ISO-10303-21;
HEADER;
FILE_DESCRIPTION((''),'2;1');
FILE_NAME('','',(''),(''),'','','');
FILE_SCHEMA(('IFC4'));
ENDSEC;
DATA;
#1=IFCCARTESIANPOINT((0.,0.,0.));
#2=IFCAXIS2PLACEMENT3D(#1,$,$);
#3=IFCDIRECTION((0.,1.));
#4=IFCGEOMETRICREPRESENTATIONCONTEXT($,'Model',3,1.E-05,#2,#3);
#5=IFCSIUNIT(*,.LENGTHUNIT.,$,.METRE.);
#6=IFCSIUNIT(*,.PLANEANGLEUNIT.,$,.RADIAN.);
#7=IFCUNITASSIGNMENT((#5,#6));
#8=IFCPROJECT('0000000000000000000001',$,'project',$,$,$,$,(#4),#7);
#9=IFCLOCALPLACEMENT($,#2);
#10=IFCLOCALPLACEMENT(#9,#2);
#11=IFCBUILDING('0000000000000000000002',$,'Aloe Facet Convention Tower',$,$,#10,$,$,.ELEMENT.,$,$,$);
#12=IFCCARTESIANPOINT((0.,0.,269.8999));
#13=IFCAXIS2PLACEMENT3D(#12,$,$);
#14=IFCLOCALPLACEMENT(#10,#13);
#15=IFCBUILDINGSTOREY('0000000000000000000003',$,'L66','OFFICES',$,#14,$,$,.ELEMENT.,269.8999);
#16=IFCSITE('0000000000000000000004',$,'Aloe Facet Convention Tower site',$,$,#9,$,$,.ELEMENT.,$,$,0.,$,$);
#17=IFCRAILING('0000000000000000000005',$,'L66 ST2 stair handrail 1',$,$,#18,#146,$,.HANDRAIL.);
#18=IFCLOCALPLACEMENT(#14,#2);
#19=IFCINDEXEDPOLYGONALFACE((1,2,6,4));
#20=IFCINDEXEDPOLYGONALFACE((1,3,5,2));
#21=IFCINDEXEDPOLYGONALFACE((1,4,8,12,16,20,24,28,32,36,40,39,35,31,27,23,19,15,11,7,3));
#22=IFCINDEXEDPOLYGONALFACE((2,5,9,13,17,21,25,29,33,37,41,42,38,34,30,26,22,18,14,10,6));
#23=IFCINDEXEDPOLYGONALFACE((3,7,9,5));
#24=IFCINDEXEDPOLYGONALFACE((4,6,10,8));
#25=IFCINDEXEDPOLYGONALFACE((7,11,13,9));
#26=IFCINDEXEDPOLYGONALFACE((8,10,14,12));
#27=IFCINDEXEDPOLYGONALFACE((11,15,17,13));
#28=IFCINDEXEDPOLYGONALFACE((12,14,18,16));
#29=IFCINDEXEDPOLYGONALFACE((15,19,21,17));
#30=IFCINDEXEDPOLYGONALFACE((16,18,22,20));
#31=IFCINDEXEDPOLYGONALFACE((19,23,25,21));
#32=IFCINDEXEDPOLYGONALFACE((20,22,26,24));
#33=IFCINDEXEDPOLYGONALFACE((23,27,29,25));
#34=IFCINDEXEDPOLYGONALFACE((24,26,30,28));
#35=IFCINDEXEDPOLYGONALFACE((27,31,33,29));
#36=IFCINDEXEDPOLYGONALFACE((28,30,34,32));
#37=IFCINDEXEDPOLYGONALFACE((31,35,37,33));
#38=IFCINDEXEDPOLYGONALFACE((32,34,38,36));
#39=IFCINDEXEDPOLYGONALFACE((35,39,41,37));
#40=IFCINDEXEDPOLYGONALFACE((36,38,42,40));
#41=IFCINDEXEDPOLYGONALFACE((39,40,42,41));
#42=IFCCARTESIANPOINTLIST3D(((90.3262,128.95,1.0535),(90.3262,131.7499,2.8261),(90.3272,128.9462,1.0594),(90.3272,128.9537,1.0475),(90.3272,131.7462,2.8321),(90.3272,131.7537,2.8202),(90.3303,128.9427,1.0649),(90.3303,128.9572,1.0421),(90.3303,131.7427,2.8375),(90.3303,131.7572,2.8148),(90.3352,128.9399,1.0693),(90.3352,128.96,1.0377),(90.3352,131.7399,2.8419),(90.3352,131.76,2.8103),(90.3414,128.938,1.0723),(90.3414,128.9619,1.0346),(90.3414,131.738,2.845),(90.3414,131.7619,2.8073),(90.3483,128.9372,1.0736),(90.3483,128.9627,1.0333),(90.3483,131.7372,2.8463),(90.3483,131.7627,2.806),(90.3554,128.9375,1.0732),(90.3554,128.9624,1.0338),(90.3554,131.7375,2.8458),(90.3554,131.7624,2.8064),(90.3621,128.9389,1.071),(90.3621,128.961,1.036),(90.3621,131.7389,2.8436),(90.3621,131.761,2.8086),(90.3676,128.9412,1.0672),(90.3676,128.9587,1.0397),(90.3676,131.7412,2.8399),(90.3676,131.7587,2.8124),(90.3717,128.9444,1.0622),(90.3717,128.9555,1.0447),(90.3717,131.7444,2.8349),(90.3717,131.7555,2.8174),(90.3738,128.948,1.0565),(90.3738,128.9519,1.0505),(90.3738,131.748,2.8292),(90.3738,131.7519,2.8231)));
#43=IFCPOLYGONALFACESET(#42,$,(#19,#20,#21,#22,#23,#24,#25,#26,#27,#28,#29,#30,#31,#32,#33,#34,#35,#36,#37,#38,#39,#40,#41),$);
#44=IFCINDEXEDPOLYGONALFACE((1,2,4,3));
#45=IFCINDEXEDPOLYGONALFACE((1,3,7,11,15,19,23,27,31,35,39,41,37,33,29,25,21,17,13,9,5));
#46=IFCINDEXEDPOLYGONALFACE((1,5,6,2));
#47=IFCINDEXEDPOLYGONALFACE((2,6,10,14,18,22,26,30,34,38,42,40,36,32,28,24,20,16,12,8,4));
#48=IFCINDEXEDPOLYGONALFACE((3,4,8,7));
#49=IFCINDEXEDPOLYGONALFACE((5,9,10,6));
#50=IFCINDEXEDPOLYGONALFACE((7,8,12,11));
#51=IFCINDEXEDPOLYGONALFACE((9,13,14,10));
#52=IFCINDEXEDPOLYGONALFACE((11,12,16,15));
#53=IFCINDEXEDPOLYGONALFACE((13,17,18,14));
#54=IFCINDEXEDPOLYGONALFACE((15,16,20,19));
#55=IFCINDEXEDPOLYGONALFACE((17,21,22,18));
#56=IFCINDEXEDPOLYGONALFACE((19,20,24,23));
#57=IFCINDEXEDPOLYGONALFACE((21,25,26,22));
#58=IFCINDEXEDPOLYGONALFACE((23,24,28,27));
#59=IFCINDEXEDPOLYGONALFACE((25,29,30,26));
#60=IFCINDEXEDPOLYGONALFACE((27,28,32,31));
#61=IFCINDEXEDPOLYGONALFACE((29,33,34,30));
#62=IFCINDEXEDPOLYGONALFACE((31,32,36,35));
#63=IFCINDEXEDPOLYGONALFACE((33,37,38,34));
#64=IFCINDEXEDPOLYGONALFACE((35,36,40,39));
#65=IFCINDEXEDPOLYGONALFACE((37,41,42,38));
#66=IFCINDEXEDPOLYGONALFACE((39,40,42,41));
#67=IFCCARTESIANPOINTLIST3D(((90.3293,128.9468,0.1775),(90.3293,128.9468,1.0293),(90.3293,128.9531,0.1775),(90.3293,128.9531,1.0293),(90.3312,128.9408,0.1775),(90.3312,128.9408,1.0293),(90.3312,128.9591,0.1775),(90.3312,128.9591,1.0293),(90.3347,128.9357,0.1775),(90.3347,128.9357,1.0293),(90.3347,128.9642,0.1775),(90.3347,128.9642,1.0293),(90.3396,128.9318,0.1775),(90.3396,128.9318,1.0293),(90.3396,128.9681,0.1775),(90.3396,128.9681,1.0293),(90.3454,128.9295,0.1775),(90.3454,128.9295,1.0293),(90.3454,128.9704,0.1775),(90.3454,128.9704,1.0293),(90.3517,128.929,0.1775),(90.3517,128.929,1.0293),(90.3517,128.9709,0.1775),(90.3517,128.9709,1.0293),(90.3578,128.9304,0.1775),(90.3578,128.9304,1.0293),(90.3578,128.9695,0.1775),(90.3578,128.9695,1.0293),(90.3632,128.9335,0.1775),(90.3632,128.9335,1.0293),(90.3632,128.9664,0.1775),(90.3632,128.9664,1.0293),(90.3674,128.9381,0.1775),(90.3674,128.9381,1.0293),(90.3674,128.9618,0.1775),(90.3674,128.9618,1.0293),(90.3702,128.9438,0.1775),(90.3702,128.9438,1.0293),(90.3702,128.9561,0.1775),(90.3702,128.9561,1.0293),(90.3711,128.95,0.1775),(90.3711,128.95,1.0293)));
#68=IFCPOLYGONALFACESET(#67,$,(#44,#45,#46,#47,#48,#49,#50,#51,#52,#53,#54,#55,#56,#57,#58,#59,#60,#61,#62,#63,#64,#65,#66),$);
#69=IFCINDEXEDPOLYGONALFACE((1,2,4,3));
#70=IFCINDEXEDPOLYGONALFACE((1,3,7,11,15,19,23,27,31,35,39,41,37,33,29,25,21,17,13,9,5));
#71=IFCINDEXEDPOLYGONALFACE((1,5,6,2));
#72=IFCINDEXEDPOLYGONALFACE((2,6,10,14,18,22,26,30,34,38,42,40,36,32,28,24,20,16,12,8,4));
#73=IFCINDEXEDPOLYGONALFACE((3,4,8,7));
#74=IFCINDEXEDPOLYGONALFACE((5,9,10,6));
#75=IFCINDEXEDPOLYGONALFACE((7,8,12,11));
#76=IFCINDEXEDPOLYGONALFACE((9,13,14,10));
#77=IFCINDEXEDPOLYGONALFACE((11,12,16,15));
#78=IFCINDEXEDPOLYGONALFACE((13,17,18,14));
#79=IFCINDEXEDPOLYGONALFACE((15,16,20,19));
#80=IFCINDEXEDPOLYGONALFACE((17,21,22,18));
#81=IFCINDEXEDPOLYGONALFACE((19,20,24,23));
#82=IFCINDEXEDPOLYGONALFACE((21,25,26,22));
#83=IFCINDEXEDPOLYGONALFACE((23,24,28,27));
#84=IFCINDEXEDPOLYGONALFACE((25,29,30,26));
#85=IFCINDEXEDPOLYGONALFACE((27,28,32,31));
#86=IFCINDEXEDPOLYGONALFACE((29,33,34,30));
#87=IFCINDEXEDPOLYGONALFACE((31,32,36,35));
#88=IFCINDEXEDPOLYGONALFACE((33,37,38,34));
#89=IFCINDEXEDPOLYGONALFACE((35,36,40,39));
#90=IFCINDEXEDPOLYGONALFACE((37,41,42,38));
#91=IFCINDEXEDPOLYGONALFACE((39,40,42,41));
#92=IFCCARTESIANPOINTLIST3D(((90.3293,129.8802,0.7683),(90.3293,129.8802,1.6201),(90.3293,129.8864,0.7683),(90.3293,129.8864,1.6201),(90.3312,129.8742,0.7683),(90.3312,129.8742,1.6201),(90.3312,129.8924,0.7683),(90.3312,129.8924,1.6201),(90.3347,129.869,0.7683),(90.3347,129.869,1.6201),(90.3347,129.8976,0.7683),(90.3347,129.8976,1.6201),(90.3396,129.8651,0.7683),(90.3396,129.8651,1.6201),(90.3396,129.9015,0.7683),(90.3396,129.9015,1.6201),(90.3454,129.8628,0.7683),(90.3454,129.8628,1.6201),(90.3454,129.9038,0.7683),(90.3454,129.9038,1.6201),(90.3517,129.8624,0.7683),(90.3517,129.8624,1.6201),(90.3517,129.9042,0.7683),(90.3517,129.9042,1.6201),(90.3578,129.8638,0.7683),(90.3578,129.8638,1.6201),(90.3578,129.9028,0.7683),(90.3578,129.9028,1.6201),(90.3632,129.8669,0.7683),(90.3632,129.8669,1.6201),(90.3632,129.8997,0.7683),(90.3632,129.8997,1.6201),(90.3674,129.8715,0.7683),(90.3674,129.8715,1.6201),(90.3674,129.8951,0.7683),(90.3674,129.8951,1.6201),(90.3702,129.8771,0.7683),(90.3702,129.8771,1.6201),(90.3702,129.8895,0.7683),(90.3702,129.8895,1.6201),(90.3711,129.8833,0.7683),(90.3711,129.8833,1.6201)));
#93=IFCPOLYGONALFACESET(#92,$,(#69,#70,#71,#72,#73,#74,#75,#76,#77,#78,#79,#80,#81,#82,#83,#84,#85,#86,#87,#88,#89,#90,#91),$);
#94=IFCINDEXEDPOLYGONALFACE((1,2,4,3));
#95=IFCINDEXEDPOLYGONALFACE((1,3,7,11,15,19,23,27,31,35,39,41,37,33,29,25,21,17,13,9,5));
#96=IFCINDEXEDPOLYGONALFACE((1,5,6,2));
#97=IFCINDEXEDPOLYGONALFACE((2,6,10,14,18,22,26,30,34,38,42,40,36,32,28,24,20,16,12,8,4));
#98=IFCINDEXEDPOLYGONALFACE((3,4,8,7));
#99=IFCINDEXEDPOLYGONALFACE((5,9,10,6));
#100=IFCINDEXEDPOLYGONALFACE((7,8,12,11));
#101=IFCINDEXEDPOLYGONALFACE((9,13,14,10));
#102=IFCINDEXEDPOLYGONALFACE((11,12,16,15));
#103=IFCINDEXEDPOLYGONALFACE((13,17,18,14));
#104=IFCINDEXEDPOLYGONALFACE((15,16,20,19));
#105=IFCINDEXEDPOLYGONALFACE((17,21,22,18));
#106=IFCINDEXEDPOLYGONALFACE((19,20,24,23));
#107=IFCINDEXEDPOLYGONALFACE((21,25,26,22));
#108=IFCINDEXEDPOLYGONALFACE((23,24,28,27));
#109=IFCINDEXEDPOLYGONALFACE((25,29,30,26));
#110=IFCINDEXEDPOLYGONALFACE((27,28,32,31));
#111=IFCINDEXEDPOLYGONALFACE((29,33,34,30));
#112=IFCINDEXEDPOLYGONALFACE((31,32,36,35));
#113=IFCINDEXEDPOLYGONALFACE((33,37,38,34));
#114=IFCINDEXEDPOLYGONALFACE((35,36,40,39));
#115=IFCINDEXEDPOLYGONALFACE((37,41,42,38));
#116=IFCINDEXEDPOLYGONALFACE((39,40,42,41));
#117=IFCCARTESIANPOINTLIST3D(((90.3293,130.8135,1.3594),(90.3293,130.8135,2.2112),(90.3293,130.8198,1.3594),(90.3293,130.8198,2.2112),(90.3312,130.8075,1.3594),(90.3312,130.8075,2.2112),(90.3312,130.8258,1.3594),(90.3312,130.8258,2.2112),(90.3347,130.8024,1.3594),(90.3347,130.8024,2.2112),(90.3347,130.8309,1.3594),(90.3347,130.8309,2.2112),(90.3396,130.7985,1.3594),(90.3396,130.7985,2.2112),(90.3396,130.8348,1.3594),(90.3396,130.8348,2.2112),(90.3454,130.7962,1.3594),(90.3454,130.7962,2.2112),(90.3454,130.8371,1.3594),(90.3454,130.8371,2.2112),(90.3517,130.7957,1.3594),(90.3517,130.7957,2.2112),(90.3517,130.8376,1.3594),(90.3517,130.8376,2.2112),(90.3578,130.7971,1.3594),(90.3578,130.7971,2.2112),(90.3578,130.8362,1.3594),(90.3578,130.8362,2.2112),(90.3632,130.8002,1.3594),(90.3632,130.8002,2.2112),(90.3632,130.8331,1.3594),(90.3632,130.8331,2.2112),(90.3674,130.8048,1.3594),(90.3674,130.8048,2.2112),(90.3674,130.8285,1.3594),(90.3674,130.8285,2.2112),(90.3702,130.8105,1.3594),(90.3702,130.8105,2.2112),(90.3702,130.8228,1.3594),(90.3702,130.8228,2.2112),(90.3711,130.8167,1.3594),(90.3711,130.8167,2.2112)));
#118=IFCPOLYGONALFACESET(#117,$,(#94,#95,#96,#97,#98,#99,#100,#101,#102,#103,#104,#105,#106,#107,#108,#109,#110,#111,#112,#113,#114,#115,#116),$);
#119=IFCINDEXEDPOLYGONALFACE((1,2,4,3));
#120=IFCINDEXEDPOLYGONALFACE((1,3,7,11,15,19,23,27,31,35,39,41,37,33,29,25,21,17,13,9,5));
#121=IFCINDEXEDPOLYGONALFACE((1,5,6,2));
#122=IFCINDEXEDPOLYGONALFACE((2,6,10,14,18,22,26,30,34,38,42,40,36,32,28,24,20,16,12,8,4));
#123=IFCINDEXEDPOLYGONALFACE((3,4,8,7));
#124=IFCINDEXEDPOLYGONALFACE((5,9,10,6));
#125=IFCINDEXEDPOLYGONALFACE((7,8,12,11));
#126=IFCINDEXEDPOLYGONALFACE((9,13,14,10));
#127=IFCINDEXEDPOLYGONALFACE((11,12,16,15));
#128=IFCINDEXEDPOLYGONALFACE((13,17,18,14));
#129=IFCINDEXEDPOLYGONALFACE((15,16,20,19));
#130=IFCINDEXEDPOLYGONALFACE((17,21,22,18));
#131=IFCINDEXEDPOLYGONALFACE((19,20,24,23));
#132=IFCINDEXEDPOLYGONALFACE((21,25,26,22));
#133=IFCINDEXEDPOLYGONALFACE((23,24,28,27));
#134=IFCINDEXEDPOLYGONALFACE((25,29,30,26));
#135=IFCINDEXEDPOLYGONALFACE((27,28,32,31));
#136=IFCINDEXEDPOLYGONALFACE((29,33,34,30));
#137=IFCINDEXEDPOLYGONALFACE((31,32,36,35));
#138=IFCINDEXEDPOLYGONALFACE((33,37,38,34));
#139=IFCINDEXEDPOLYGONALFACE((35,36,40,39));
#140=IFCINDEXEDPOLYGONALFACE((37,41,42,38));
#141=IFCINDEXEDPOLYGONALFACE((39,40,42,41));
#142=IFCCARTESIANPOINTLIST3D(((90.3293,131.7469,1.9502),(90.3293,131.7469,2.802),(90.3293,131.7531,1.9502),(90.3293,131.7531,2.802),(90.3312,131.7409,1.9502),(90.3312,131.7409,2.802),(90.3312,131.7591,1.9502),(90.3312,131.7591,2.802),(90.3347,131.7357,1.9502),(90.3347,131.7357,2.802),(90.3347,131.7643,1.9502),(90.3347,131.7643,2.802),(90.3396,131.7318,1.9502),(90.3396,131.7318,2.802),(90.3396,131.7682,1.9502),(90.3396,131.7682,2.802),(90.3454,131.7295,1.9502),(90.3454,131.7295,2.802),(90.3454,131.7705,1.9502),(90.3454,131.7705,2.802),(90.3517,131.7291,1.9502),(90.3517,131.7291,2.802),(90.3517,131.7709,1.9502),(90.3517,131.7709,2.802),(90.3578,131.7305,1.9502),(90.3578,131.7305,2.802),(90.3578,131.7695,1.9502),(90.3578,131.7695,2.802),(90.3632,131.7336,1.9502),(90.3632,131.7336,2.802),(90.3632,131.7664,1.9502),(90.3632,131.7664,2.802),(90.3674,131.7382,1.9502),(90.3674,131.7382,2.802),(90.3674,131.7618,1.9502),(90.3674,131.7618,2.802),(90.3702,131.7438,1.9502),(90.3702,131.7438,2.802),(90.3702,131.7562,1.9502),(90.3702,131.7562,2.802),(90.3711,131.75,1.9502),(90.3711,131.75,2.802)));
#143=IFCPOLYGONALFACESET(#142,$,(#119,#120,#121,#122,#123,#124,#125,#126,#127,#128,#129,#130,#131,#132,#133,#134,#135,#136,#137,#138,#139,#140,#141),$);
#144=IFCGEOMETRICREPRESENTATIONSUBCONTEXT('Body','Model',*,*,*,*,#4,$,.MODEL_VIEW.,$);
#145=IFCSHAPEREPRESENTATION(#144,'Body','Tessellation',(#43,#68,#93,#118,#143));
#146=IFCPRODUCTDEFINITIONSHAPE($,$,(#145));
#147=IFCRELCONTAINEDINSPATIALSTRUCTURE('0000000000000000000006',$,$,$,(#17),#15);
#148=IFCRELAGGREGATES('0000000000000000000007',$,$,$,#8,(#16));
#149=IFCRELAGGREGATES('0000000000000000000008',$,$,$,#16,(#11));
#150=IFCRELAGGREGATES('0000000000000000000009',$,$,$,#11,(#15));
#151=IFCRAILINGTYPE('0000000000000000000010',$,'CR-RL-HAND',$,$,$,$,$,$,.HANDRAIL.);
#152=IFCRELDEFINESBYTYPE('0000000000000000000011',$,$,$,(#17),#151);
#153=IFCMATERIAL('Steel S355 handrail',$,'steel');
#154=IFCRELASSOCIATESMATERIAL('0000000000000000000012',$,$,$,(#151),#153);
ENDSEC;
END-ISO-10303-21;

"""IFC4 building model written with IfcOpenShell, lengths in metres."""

from ifc_helpers import new_model, si_unit, direction, frame, origin, origin_2d, place, context, subcontext, project, spatial, circle, extrude, material, type_object, element, save


model = new_model("IFC4")

# Units and contexts
model_context = context("Model", 3, precision=1e-05, world=origin(), true_north=direction((0.0, 1.0)))
body_context = subcontext(model_context, "Body", "Model", "MODEL_VIEW")
ifc_project = project(units=[si_unit("LENGTHUNIT", "METRE"), si_unit("PLANEANGLEUNIT", "RADIAN")], contexts=[model_context])

# Site, building, storey
site_placement = place(None, origin())
site = spatial("IfcSite", under=ifc_project, at=site_placement, Name="Aloe Facet Convention Tower site", CompositionType="ELEMENT", RefElevation=0.0)
building_placement = place(site_placement, origin())
building = spatial("IfcBuilding", under=site, at=building_placement, Name="Aloe Facet Convention Tower", CompositionType="ELEMENT")
storey_placement = place(building_placement, frame((0.0, 0.0, 269.8999)))
storey = spatial("IfcBuildingStorey", under=building, at=storey_placement, Name="L66", Description="OFFICES", CompositionType="ELEMENT", Elevation=269.8999)

# Railing
ifc_material_1 = material(Name="Steel S355 handrail", Category="steel")
railing_type_1 = type_object("IfcRailingType", Name="CR-RL-HAND", PredefinedType="HANDRAIL", material=ifc_material_1)
railing_1_placement = place(storey_placement, frame((90.3501, 128.95, 0.1775)))
element("IfcRailing", 1, at=railing_1_placement, inside=storey, type_object=railing_type_1, Name="L66 ST2 stair handrail 1", PredefinedType="HANDRAIL", context=body_context, shape_type="SweptSolid", body=[
    extrude(circle(Radius=0.0239, at=origin_2d()), frame((0.0, 0.0, 0.876), z_axis=(0.0, 0.844909, 0.53491), x_axis=(-1.0, 0.0, 0.0)), (0.0, 0.0, 1.0), 3.314),
    extrude(circle(Radius=0.021, at=origin_2d()), origin(), (0.0, 0.0, 1.0), 0.8518),
    extrude(circle(Radius=0.021, at=origin_2d()), frame((0.0, 0.9333, 0.5908)), (0.0, 0.0, 1.0), 0.8518),
    extrude(circle(Radius=0.021, at=origin_2d()), frame((0.0, 1.8667, 1.1819)), (0.0, 0.0, 1.0), 0.8518),
    extrude(circle(Radius=0.021, at=origin_2d()), frame((0.0, 2.8, 1.7727)), (0.0, 0.0, 1.0), 0.8518),
])

save(model, "model.ifc")
